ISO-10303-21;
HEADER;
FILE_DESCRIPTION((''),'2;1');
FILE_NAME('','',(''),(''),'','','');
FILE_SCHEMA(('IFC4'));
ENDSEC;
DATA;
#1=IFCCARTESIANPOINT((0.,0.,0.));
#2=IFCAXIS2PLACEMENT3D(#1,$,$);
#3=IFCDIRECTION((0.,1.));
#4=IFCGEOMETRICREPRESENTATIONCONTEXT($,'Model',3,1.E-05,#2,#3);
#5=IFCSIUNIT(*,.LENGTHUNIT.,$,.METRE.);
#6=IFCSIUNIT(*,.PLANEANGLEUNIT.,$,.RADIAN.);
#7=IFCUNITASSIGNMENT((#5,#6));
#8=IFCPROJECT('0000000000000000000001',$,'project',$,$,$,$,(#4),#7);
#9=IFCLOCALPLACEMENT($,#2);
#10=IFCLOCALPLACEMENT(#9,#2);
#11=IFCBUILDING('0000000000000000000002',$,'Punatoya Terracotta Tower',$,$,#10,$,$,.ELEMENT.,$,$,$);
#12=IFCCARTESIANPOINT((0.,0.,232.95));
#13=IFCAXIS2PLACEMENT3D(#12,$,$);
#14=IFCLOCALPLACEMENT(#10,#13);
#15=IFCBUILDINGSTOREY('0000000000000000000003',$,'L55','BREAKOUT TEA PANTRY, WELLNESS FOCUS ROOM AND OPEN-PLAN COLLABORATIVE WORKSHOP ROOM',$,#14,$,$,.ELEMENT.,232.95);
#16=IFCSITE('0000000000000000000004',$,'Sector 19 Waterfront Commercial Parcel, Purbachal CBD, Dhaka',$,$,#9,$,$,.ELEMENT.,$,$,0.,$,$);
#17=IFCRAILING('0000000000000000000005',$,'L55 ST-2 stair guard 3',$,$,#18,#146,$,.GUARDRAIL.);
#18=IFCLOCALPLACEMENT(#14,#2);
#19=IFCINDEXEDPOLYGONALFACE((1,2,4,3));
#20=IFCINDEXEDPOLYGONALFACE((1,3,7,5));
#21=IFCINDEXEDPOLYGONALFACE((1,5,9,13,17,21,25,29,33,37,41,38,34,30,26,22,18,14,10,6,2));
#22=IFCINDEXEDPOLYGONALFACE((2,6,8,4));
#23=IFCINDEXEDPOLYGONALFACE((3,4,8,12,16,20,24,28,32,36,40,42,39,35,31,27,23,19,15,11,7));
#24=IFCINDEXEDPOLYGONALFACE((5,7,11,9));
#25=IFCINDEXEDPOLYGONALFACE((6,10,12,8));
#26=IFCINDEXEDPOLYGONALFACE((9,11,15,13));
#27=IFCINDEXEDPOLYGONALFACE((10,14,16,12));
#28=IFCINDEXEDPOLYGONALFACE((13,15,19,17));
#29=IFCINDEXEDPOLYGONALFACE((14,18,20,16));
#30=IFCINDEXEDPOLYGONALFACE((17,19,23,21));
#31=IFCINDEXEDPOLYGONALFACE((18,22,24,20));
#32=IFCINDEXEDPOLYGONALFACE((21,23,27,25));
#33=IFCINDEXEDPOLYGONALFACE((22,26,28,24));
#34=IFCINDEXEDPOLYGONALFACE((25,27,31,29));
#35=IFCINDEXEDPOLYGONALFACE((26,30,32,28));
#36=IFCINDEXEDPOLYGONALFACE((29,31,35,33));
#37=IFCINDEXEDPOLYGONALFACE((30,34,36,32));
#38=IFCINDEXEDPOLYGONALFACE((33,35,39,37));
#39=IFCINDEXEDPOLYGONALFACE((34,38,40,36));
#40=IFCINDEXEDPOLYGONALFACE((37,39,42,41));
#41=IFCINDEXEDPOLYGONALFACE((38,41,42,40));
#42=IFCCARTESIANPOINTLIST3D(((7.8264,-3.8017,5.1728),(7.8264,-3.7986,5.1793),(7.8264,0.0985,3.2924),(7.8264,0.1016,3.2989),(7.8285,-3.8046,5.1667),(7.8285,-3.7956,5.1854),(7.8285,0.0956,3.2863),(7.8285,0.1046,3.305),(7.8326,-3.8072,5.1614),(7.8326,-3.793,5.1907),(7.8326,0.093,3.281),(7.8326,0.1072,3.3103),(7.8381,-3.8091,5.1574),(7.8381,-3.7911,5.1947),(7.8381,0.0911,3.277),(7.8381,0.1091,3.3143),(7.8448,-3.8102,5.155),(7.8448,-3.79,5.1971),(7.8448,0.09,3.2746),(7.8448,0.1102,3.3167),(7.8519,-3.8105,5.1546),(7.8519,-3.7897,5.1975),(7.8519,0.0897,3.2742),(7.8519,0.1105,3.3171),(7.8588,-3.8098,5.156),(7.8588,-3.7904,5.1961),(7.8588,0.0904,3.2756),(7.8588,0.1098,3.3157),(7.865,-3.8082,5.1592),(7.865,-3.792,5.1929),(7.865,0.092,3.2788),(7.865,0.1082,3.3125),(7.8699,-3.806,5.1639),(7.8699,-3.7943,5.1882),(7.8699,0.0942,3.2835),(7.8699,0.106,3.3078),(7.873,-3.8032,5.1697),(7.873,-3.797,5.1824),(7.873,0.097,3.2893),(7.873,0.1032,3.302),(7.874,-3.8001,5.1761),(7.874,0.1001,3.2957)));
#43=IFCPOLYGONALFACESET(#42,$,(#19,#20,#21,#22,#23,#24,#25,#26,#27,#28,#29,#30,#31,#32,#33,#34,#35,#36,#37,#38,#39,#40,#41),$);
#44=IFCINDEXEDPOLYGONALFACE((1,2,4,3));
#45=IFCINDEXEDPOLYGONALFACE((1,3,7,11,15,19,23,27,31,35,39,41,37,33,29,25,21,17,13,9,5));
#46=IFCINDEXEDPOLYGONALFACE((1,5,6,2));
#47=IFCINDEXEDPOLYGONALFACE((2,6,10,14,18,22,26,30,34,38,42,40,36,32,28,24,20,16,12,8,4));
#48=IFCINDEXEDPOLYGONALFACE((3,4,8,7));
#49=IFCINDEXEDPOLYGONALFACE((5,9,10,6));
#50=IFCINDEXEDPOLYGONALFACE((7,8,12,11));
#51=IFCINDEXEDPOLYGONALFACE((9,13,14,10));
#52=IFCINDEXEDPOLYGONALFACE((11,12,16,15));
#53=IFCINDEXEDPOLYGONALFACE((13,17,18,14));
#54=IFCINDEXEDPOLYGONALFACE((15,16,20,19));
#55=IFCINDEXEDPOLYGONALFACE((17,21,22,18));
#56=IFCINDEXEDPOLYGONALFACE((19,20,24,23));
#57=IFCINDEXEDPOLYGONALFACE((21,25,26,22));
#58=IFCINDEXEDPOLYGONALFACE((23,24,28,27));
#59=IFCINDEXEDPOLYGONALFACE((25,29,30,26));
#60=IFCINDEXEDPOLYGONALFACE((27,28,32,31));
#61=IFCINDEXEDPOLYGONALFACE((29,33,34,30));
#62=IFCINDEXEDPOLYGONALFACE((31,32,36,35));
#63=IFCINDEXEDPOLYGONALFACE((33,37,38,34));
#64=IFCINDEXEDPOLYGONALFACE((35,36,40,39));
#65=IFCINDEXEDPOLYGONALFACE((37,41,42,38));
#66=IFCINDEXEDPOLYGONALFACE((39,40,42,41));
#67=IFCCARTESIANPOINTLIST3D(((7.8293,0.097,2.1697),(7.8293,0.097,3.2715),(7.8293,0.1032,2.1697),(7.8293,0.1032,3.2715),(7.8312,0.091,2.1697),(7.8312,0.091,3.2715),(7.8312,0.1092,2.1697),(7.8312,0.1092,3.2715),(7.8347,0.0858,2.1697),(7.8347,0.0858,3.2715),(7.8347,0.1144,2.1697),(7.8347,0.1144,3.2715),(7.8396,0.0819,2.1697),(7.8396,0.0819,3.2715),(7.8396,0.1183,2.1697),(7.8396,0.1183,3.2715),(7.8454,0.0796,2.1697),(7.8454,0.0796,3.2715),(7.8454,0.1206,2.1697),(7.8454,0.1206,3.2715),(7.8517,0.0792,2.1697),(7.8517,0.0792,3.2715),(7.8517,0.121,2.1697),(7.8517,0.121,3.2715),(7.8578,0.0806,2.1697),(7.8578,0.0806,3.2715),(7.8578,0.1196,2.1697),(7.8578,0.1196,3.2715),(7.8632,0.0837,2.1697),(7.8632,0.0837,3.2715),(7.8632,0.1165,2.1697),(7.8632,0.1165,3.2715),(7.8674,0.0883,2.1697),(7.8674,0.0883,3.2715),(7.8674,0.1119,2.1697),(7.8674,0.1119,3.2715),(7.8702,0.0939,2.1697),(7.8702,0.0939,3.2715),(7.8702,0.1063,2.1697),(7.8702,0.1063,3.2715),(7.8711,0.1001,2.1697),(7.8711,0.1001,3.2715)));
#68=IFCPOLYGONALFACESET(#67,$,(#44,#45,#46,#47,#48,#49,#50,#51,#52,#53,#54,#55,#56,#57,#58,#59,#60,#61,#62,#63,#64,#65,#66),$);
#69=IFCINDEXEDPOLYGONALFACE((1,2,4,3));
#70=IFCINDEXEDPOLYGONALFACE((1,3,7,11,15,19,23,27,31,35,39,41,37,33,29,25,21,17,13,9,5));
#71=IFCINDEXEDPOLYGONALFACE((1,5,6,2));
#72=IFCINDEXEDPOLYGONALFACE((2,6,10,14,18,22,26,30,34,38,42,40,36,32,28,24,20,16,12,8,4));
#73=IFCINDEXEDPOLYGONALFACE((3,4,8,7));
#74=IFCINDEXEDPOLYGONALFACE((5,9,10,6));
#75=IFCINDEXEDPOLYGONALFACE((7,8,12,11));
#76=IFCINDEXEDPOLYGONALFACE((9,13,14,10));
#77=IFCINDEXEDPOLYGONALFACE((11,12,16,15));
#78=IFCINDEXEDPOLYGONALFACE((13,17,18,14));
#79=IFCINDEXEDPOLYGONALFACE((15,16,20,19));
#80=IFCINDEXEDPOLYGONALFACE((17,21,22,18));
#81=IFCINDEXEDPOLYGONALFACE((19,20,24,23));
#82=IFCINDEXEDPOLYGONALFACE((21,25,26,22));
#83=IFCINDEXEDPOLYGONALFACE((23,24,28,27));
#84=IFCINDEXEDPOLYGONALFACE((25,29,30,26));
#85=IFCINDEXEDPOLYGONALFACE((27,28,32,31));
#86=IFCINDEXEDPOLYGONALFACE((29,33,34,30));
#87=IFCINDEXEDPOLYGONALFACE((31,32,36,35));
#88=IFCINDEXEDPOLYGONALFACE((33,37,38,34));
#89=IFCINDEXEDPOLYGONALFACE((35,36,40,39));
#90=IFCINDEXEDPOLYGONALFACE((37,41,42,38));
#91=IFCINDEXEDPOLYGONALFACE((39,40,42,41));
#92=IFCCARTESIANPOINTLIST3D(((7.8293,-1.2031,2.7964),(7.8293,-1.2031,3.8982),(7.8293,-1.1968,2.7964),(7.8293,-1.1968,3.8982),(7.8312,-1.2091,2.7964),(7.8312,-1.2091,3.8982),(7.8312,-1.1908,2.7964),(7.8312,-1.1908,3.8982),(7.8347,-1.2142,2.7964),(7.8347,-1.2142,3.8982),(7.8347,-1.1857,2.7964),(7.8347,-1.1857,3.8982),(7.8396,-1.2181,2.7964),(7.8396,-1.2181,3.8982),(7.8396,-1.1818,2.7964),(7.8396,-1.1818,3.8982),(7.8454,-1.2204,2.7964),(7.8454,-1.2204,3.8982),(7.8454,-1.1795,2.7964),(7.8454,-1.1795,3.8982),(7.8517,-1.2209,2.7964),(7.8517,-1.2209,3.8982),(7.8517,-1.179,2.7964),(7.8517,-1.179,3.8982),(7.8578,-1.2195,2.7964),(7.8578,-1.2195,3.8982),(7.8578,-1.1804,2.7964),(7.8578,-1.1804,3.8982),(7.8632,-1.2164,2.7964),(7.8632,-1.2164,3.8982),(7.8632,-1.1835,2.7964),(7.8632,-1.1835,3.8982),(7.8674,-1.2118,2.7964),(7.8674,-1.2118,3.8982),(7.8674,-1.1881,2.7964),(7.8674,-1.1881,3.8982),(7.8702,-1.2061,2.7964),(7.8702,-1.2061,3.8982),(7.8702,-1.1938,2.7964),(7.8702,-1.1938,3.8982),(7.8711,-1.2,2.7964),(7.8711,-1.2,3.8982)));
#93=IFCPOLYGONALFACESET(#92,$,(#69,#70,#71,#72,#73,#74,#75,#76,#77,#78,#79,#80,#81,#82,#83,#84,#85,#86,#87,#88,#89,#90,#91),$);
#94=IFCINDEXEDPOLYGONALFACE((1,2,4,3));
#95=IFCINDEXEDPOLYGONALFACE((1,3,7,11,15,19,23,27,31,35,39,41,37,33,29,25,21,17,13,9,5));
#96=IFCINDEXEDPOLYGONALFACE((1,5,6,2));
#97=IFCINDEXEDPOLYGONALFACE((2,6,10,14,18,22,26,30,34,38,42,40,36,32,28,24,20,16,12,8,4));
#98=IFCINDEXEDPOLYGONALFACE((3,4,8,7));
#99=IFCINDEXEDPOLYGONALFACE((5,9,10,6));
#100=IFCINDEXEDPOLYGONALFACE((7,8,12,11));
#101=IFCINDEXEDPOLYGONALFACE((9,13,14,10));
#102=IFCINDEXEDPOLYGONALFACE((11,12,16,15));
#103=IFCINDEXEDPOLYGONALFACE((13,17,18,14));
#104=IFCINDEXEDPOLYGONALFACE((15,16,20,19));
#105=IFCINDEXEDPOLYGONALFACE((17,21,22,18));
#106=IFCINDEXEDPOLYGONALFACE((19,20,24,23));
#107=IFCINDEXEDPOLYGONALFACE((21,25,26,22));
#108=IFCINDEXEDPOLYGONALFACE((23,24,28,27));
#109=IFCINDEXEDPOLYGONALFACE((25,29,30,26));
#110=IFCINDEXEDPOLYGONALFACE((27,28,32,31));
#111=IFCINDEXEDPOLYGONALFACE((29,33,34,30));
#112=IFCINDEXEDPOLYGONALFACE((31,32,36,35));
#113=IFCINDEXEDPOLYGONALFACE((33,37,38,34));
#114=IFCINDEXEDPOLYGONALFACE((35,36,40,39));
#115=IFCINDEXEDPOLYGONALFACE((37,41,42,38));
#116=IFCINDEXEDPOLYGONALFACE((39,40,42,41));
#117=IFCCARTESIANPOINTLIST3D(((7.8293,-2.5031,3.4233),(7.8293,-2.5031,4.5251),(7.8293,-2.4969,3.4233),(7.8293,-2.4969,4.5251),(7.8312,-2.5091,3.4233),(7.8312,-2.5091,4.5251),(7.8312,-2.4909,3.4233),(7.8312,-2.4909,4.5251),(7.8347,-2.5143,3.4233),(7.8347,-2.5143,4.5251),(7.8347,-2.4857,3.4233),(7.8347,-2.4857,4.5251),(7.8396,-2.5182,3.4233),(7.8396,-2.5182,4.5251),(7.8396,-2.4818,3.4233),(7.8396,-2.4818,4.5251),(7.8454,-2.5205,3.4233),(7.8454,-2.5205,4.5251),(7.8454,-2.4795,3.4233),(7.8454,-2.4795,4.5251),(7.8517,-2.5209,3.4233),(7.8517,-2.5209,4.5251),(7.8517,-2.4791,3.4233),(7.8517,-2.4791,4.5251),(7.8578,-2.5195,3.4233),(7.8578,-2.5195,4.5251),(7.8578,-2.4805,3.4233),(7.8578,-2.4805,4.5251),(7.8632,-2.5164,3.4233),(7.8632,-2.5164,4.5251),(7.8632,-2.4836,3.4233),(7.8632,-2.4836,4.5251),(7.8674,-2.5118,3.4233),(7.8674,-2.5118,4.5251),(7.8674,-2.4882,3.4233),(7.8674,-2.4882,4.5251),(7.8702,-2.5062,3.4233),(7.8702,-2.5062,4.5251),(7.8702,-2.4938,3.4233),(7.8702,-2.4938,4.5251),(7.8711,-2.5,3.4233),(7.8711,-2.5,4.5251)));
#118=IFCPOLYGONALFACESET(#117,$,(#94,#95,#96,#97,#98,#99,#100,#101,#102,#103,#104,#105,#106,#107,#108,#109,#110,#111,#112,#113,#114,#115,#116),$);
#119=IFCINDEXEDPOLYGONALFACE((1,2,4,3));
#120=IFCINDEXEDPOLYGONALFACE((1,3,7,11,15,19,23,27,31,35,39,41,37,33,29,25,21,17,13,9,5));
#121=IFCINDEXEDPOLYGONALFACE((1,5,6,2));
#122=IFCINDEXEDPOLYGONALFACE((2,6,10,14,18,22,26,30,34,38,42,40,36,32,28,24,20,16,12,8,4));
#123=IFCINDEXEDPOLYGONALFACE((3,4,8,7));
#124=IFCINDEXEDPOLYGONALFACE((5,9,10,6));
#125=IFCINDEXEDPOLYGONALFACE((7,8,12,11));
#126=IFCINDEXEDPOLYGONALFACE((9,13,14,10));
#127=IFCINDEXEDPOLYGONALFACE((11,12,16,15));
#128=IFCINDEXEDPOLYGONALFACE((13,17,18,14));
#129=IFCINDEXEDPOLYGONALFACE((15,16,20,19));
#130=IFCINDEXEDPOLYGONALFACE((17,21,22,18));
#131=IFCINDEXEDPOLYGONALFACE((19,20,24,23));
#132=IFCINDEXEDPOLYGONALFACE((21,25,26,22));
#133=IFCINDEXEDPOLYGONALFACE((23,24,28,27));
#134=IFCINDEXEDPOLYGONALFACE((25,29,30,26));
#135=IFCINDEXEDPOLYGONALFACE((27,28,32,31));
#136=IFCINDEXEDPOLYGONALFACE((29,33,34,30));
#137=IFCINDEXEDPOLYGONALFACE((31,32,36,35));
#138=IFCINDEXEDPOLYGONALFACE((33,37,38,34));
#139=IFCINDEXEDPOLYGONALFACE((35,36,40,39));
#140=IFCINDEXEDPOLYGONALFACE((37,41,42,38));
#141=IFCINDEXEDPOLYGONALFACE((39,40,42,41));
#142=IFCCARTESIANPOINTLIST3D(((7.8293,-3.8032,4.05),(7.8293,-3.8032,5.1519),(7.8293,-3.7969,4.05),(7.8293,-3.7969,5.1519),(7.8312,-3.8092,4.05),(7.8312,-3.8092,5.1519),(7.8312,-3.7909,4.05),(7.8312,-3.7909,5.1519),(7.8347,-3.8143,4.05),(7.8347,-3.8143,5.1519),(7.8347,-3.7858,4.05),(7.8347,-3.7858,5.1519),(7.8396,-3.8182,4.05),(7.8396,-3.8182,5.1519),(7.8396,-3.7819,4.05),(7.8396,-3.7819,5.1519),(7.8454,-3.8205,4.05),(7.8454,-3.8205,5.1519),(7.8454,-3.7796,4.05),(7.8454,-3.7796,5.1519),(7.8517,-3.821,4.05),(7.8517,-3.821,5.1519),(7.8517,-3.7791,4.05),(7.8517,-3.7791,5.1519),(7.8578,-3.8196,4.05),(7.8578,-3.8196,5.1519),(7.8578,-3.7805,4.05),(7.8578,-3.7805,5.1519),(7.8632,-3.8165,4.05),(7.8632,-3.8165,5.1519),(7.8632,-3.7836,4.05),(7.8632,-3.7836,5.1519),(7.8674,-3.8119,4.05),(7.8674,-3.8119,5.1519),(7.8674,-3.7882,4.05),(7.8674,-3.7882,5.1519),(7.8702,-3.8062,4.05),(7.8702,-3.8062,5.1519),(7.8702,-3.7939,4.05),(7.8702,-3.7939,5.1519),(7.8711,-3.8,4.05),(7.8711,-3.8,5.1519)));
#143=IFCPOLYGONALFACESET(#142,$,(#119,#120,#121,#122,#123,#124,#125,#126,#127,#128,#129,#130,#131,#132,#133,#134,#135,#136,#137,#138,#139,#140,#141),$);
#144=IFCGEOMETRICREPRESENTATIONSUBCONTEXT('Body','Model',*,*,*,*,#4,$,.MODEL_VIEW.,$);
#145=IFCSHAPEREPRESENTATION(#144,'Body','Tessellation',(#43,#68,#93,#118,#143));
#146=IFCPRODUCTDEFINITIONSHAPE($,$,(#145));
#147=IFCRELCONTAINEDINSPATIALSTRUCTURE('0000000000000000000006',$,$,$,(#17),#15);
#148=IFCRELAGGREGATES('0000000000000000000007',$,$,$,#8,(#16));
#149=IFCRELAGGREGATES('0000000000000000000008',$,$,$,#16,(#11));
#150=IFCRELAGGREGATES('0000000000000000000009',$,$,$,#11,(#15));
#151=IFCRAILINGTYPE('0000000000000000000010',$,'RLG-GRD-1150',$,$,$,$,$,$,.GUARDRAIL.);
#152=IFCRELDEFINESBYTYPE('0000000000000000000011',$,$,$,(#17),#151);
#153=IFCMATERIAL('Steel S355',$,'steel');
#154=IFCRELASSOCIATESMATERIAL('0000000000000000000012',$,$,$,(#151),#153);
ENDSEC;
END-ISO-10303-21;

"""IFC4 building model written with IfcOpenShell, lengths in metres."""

from ifc_helpers import new_model, si_unit, direction, frame, origin, origin_2d, place, context, subcontext, project, spatial, circle, extrude, material, type_object, element, save


model = new_model("IFC4")

# Units and contexts
model_context = context("Model", 3, precision=1e-05, world=origin(), true_north=direction((0.0, 1.0)))
body_context = subcontext(model_context, "Body", "Model", "MODEL_VIEW")
ifc_project = project(units=[si_unit("LENGTHUNIT", "METRE"), si_unit("PLANEANGLEUNIT", "RADIAN")], contexts=[model_context])

# Site, building, storey
site_placement = place(None, origin())
site = spatial("IfcSite", under=ifc_project, at=site_placement, Name="Sector 19 Waterfront Commercial Parcel, Purbachal CBD, Dhaka", CompositionType="ELEMENT", RefElevation=0.0)
building_placement = place(site_placement, origin())
building = spatial("IfcBuilding", under=site, at=building_placement, Name="Punatoya Terracotta Tower", CompositionType="ELEMENT")
storey_placement = place(building_placement, frame((0.0, 0.0, 232.95)))
storey = spatial("IfcBuildingStorey", under=building, at=storey_placement, Name="L55", Description="BREAKOUT TEA PANTRY, WELLNESS FOCUS ROOM AND OPEN-PLAN COLLABORATIVE WORKSHOP ROOM", CompositionType="ELEMENT", Elevation=232.95)

# Shared definitions
ifc_material_1 = material(Name="Steel S355", Category="steel")

# Railing
railing_type_1 = type_object("IfcRailingType", Name="RLG-GRD-1150", PredefinedType="GUARDRAIL", material=ifc_material_1)
railing_1_placement = place(storey_placement, frame((7.8501, 0.1001, 2.1697)))
element("IfcRailing", 1, at=railing_1_placement, inside=storey, type_object=railing_type_1, Name="L55 ST-2 stair guard 3", PredefinedType="GUARDRAIL", context=body_context, shape_type="SweptSolid", body=[
    extrude(circle(Radius=0.0239, at=origin_2d()), frame((0.0, 0.0, 1.126), z_axis=(0.0, -0.900774, 0.434289), x_axis=(1.0, 0.0, 0.0)), (0.0, 0.0, 1.0), 4.3298),
    extrude(circle(Radius=0.021, at=origin_2d()), origin(), (0.0, 0.0, 1.0), 1.1018),
    extrude(circle(Radius=0.021, at=origin_2d()), frame((0.0, -1.3, 0.6267)), (0.0, 0.0, 1.0), 1.1018),
    extrude(circle(Radius=0.021, at=origin_2d()), frame((0.0, -2.6001, 1.2537)), (0.0, 0.0, 1.0), 1.1018),
    extrude(circle(Radius=0.021, at=origin_2d()), frame((0.0, -3.9001, 1.8804)), (0.0, 0.0, 1.0), 1.1018),
])

save(model, "model.ifc")
